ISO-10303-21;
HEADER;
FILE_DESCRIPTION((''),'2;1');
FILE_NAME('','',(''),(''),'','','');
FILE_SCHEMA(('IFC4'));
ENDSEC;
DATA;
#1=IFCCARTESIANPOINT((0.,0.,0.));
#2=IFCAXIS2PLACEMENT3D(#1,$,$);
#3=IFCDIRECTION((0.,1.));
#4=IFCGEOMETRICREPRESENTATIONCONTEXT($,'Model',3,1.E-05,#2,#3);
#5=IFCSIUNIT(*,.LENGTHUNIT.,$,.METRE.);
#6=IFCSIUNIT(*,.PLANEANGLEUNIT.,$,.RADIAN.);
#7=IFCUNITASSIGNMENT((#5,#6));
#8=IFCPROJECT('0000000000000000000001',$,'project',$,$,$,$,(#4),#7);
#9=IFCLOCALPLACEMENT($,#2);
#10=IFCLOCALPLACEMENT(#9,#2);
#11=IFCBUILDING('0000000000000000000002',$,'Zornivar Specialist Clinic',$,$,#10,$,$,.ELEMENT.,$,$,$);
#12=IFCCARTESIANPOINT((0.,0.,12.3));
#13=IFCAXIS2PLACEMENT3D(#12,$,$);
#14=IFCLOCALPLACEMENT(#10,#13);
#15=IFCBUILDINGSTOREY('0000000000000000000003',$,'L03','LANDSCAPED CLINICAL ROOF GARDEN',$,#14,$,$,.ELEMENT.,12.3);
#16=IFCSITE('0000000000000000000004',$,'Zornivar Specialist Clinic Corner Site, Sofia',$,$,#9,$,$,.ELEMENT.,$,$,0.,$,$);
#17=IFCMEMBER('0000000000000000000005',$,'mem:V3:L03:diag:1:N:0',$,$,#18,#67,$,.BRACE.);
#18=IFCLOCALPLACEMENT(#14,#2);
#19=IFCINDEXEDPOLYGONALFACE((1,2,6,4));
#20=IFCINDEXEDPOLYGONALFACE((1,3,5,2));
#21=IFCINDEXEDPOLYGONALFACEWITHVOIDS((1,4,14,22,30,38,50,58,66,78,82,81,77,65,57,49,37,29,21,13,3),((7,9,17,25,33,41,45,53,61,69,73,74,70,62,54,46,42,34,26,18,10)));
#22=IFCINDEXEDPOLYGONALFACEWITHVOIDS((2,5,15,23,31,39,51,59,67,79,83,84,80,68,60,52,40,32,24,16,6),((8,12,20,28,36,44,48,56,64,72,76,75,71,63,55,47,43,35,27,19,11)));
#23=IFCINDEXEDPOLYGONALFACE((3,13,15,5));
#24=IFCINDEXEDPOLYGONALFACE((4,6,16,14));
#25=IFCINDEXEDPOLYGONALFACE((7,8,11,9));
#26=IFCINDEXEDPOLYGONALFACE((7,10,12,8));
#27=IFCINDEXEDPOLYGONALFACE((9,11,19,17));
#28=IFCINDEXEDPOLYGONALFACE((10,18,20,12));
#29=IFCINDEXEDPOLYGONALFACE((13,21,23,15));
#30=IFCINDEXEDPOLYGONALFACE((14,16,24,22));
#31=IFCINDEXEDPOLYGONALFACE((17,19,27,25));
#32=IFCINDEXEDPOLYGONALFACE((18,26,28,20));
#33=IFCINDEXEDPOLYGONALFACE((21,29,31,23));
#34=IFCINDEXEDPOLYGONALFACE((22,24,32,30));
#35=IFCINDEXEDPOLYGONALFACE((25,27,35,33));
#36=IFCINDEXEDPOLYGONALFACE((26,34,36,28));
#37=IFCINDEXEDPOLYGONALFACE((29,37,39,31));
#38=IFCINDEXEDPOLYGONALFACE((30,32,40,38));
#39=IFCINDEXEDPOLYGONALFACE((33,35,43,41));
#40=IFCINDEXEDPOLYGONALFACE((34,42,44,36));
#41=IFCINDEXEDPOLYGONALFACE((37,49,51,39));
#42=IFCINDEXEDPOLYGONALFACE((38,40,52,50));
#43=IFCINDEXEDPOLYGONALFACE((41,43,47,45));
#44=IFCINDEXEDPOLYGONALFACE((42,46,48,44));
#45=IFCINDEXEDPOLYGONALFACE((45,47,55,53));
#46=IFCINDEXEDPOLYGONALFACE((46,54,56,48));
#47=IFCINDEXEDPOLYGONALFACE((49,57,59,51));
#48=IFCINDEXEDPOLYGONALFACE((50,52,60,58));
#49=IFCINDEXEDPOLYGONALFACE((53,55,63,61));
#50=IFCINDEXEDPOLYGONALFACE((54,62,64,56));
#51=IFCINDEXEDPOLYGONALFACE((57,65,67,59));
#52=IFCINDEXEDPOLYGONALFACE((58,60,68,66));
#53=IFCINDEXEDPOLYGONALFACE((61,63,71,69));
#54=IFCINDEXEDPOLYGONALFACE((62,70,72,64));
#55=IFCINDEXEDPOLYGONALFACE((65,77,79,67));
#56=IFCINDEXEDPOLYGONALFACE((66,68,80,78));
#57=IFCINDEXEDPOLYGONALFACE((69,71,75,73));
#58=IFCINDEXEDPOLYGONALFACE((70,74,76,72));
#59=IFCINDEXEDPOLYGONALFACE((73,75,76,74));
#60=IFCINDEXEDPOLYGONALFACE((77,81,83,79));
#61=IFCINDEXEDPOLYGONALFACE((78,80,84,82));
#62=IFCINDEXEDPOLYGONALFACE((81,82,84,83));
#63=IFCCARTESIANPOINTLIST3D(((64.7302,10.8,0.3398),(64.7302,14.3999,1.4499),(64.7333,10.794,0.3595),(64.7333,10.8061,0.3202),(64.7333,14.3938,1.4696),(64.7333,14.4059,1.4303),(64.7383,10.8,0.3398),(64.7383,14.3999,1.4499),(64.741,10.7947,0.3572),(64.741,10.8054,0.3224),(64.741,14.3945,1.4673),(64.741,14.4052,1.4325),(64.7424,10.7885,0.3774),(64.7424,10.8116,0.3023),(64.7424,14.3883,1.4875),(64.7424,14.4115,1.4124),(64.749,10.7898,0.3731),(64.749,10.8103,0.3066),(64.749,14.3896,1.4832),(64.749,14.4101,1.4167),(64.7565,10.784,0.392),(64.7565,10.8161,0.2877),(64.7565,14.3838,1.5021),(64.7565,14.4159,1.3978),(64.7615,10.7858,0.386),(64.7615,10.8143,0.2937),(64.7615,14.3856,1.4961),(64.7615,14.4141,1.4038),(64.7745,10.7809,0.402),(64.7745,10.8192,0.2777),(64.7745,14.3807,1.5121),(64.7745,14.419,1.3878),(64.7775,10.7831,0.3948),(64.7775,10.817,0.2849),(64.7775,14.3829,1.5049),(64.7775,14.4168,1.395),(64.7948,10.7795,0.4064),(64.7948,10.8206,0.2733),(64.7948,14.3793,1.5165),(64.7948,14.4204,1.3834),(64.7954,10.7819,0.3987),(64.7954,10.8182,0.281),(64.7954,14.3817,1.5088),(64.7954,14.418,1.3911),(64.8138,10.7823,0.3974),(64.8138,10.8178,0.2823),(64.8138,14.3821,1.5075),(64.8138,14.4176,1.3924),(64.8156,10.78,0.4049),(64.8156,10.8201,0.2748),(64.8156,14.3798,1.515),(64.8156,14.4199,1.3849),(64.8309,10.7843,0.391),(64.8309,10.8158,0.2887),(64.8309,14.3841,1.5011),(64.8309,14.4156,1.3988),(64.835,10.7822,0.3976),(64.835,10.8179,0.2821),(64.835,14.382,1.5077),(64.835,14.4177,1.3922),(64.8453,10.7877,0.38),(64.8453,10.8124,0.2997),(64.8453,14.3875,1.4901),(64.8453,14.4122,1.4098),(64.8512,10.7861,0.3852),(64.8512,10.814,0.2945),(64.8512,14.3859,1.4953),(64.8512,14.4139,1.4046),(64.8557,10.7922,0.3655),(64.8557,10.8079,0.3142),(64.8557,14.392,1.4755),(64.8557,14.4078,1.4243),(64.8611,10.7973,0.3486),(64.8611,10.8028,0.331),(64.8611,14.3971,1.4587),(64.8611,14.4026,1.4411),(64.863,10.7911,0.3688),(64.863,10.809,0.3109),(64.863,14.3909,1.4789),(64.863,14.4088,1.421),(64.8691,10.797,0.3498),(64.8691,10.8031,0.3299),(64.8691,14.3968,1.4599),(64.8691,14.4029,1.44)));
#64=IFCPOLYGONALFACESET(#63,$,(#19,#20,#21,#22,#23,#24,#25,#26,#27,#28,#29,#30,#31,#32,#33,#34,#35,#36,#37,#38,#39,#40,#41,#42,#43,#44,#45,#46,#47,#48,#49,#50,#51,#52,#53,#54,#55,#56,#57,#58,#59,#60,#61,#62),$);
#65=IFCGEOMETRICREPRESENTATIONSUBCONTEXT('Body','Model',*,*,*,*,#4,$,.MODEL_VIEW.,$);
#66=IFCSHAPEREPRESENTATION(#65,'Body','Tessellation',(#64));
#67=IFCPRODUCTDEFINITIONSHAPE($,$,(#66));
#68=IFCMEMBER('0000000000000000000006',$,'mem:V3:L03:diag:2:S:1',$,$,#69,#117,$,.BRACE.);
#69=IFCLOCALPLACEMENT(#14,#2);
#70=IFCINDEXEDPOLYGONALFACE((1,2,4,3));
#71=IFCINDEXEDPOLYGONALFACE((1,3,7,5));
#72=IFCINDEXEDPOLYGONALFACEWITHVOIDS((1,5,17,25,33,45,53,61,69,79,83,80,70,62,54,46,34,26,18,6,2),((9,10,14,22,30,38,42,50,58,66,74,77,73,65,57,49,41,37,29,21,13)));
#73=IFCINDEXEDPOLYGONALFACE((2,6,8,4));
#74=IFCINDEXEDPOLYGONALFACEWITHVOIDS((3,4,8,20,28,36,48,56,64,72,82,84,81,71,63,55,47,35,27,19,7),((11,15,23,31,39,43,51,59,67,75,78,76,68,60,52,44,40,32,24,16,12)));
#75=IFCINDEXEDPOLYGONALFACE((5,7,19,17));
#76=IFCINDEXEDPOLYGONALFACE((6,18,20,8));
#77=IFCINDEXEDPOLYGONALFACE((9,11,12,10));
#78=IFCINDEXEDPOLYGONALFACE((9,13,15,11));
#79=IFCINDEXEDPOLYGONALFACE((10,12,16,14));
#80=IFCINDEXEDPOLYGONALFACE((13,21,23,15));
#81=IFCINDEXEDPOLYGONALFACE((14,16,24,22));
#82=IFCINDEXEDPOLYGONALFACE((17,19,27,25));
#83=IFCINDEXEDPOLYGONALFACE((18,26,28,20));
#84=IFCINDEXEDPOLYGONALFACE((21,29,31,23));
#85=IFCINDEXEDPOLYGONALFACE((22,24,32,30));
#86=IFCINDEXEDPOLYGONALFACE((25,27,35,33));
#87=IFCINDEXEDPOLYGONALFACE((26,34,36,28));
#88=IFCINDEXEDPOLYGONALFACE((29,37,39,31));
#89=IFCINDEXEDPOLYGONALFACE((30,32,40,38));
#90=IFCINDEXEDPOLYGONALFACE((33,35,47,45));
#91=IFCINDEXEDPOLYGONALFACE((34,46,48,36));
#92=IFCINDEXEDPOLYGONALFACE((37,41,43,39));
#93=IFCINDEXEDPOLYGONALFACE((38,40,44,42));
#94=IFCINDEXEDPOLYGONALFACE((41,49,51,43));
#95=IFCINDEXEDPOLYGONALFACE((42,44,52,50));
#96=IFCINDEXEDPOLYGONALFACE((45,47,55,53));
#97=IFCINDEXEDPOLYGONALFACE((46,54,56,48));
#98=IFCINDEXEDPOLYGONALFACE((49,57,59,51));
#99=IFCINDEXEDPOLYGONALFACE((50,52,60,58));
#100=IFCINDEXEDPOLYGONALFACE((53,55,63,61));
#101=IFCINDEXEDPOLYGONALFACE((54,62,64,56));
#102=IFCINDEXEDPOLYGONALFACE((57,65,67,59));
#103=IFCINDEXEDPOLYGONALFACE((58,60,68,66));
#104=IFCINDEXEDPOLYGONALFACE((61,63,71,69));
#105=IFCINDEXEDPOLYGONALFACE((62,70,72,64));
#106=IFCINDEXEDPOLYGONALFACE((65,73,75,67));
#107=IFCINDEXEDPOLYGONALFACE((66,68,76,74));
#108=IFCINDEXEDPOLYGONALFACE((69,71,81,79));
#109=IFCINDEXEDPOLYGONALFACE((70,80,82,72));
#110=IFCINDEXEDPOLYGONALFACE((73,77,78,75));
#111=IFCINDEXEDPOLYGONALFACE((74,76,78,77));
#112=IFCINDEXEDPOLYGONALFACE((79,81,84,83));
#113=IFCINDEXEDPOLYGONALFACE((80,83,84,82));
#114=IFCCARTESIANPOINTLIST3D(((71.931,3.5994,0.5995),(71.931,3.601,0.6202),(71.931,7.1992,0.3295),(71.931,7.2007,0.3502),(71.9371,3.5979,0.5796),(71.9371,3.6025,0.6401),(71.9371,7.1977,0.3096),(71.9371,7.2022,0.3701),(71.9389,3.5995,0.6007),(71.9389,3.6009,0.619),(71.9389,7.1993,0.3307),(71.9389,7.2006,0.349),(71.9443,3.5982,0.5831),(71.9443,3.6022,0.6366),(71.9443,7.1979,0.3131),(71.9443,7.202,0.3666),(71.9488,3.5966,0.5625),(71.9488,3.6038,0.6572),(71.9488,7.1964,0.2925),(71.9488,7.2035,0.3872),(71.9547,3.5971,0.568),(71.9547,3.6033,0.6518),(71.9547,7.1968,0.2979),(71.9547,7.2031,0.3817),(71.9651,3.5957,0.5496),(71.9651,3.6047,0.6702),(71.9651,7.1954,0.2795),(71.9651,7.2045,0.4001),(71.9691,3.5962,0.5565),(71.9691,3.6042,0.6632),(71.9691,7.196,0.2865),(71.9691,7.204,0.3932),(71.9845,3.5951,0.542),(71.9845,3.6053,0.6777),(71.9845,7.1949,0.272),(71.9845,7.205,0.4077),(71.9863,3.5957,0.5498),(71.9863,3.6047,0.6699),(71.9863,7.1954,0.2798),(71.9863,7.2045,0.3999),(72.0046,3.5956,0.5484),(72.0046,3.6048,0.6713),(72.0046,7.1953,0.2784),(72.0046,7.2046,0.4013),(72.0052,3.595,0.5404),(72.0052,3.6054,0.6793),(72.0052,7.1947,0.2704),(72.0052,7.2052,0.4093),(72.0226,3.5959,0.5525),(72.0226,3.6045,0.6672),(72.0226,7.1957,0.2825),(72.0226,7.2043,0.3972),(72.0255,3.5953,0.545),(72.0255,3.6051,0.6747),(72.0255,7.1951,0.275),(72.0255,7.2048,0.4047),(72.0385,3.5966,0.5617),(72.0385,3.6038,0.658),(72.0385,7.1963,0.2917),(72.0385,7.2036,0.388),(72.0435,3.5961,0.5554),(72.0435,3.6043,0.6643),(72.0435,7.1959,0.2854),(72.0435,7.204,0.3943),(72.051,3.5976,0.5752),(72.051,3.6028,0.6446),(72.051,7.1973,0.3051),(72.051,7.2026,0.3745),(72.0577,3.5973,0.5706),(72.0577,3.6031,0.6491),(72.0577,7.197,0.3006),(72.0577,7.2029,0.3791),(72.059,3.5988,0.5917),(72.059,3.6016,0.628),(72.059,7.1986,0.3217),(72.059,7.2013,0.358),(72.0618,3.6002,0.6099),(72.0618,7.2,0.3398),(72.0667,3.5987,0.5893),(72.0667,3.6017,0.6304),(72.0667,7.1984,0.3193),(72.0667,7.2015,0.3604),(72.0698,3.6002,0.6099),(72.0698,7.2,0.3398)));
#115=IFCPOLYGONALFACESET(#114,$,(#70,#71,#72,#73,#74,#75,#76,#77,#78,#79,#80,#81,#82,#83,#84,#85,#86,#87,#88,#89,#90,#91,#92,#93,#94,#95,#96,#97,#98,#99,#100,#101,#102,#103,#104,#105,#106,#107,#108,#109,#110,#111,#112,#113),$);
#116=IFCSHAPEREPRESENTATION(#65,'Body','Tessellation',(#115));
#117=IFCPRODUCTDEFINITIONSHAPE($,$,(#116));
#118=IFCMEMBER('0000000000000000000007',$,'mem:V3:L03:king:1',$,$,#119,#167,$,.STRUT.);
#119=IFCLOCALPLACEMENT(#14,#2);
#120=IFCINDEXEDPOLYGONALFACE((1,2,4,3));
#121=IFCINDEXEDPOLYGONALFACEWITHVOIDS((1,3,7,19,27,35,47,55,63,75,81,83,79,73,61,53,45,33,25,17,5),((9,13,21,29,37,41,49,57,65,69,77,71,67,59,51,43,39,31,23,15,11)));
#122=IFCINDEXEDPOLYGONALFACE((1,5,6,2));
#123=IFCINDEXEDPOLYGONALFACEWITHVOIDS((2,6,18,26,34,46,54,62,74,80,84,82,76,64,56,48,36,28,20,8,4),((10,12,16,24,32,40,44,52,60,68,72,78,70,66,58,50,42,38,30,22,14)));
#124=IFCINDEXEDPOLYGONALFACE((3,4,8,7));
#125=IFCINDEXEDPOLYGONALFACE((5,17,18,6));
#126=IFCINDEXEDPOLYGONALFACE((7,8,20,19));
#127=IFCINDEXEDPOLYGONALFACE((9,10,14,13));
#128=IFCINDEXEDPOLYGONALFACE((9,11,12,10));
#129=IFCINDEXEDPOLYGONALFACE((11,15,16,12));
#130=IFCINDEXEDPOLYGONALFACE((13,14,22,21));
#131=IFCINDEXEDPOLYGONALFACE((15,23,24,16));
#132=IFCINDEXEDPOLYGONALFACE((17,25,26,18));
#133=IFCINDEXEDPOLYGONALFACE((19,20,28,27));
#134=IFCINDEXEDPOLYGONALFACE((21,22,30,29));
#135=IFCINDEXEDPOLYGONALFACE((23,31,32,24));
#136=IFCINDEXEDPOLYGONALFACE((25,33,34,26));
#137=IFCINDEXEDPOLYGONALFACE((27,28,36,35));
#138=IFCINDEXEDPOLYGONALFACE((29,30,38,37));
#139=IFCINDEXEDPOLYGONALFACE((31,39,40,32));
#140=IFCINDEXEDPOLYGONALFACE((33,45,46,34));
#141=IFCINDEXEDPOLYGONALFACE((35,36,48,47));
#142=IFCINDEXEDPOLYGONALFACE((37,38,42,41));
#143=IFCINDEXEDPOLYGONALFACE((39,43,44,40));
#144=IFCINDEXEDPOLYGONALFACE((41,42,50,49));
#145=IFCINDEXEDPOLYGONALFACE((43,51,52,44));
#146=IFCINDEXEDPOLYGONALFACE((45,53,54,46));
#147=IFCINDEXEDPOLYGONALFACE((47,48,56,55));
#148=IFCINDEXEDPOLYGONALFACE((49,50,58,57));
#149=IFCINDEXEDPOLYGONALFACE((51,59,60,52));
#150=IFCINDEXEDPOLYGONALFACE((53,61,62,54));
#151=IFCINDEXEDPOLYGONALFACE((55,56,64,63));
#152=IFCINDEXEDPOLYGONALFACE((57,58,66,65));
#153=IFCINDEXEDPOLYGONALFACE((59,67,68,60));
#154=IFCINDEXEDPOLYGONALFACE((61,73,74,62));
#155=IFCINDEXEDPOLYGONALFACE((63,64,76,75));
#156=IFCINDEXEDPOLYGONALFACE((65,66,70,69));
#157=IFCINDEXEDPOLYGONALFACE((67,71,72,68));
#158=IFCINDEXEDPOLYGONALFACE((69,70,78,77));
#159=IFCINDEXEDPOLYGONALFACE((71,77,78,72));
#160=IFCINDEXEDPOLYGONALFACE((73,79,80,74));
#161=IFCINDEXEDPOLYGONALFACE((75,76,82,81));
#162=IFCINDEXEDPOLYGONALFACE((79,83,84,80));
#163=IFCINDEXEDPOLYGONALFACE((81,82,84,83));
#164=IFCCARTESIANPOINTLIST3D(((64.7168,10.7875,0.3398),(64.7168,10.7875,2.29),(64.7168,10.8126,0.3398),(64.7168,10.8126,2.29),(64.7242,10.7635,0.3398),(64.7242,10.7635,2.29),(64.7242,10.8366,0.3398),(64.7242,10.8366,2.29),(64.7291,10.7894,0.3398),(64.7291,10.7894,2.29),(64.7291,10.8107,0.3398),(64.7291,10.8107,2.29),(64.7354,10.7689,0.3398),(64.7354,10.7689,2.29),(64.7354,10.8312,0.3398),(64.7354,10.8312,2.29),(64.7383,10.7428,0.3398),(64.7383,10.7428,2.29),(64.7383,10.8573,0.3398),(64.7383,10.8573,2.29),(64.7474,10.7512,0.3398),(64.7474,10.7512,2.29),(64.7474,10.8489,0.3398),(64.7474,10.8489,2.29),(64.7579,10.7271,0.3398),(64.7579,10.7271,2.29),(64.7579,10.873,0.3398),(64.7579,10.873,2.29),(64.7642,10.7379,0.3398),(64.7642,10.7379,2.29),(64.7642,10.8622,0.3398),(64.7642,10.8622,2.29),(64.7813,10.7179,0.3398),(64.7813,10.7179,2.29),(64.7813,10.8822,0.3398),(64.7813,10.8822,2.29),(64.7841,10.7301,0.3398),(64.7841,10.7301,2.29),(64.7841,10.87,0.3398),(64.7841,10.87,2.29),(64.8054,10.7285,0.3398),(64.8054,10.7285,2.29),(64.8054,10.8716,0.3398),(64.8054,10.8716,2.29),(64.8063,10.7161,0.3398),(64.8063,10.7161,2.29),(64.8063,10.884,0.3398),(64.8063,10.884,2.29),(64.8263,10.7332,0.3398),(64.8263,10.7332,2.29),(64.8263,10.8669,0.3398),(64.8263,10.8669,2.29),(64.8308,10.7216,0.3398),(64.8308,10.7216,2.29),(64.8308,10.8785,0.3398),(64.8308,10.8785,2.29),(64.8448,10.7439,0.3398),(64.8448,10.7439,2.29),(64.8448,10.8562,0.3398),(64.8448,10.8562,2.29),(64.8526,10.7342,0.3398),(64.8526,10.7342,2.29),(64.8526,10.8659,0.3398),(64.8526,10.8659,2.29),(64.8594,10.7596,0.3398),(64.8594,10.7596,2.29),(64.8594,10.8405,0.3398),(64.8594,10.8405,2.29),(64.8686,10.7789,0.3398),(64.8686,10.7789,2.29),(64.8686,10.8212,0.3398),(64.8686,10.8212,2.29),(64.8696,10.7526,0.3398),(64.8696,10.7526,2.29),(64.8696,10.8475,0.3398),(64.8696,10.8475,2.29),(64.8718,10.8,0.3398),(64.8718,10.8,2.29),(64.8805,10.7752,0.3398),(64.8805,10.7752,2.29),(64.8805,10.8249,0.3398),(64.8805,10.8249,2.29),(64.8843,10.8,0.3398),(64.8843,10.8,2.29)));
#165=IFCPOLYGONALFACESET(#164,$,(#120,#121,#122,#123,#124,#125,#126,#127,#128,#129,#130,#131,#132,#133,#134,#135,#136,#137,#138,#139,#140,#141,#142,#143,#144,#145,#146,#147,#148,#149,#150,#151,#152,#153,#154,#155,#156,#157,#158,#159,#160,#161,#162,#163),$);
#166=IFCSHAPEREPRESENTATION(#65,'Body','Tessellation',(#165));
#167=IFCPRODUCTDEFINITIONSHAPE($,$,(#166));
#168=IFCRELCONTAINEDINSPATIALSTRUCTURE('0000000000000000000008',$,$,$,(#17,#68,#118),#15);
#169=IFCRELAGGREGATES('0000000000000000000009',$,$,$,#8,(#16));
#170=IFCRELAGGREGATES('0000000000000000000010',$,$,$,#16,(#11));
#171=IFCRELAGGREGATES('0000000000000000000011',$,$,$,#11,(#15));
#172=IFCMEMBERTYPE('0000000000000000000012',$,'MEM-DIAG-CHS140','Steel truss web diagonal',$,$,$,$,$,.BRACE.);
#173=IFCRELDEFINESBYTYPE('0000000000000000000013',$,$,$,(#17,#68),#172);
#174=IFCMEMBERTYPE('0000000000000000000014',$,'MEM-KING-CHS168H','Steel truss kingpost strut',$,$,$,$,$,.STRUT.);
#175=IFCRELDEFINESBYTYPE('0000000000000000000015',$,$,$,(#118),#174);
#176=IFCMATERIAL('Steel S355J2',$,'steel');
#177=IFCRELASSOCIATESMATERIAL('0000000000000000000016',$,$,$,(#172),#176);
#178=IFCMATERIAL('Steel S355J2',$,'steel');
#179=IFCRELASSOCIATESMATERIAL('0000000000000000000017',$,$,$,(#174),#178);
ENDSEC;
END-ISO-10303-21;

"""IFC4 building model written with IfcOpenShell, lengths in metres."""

from ifc_helpers import new_model, si_unit, direction, frame, origin, origin_2d, place, context, subcontext, project, spatial, hollow_circle, extrude, material, material_profile, profile_set, type_object, element, save


model = new_model("IFC4")

# Units and contexts
model_context = context("Model", 3, precision=1e-05, world=origin(), true_north=direction((0.0, 1.0)))
body_context = subcontext(model_context, "Body", "Model", "MODEL_VIEW")
ifc_project = project(units=[si_unit("LENGTHUNIT", "METRE"), si_unit("PLANEANGLEUNIT", "RADIAN")], contexts=[model_context])

# Site, building, storey
site_placement = place(None, origin())
site = spatial("IfcSite", under=ifc_project, at=site_placement, Name="Zornivar Specialist Clinic Corner Site, Sofia", CompositionType="ELEMENT", RefElevation=0.0)
building_placement = place(site_placement, origin())
building = spatial("IfcBuilding", under=site, at=building_placement, Name="Zornivar Specialist Clinic", CompositionType="ELEMENT")
storey_placement = place(building_placement, frame((0.0, 0.0, 12.3)))
storey = spatial("IfcBuildingStorey", under=building, at=storey_placement, Name="L03", Description="LANDSCAPED CLINICAL ROOF GARDEN", CompositionType="ELEMENT", Elevation=12.3)

# Members
ifc_material_1 = material(Name="Steel S355J2", Category="steel")
ifc_material_profile_1 = material_profile(ifc_material_1, hollow_circle(Radius=0.0698, WallThickness=0.0081, at=origin_2d()), Name="CHS 139.7x8")
ifc_profile_set_1 = profile_set([ifc_material_profile_1], Name="Steel S355J2")
member_type_1 = type_object("IfcMemberType", Name="MEM-DIAG-CHS140", Description="Steel truss web diagonal", PredefinedType="BRACE", material=ifc_profile_set_1)
member_1_placement = place(storey_placement, frame((64.8, 10.8, 0.3398), z_axis=(0.0, 0.955595, 0.294682), x_axis=(-1.0, 0.0, 0.0)))
element("IfcMember", 1, at=member_1_placement, inside=storey, type_object=member_type_1, Name="mem:V3:L03:diag:1:N:0", PredefinedType="BRACE", context=body_context, shape_type="SweptSolid", body=[
    extrude(hollow_circle(Radius=0.0698, WallThickness=0.0081, at=origin_2d()), origin(), (0.0, 0.0, 1.0), 3.7671),
])
member_2_placement = place(storey_placement, frame((72.0, 7.2, 0.3398), z_axis=(0.0, -0.997199, 0.074798), x_axis=(1.0, 0.0, 0.0)))
element("IfcMember", 2, at=member_2_placement, inside=storey, type_object=member_type_1, Name="mem:V3:L03:diag:2:S:1", PredefinedType="BRACE", context=body_context, shape_type="SweptSolid", body=[
    extrude(hollow_circle(Radius=0.0698, WallThickness=0.0081, at=origin_2d()), origin(), (0.0, 0.0, 1.0), 3.6099),
])
ifc_material_2 = material(Name="Steel S355J2", Category="steel")
ifc_material_profile_2 = material_profile(ifc_material_2, hollow_circle(Radius=0.0842, WallThickness=0.0125, at=origin_2d()), Name="CHS 168.3x12.5")
ifc_profile_set_2 = profile_set([ifc_material_profile_2], Name="Steel S355J2")
member_type_2 = type_object("IfcMemberType", Name="MEM-KING-CHS168H", Description="Steel truss kingpost strut", PredefinedType="STRUT", material=ifc_profile_set_2)
member_3_placement = place(storey_placement, frame((64.8, 10.8, 0.3398), z_axis=(0.0, 0.0, 1.0), x_axis=(1.0, 0.0, 0.0)))
element("IfcMember", 3, at=member_3_placement, inside=storey, type_object=member_type_2, Name="mem:V3:L03:king:1", PredefinedType="STRUT", context=body_context, shape_type="SweptSolid", body=[
    extrude(hollow_circle(Radius=0.0842, WallThickness=0.0125, at=origin_2d()), origin(), (0.0, 0.0, 1.0), 1.9502),
])

save(model, "model.ifc")
